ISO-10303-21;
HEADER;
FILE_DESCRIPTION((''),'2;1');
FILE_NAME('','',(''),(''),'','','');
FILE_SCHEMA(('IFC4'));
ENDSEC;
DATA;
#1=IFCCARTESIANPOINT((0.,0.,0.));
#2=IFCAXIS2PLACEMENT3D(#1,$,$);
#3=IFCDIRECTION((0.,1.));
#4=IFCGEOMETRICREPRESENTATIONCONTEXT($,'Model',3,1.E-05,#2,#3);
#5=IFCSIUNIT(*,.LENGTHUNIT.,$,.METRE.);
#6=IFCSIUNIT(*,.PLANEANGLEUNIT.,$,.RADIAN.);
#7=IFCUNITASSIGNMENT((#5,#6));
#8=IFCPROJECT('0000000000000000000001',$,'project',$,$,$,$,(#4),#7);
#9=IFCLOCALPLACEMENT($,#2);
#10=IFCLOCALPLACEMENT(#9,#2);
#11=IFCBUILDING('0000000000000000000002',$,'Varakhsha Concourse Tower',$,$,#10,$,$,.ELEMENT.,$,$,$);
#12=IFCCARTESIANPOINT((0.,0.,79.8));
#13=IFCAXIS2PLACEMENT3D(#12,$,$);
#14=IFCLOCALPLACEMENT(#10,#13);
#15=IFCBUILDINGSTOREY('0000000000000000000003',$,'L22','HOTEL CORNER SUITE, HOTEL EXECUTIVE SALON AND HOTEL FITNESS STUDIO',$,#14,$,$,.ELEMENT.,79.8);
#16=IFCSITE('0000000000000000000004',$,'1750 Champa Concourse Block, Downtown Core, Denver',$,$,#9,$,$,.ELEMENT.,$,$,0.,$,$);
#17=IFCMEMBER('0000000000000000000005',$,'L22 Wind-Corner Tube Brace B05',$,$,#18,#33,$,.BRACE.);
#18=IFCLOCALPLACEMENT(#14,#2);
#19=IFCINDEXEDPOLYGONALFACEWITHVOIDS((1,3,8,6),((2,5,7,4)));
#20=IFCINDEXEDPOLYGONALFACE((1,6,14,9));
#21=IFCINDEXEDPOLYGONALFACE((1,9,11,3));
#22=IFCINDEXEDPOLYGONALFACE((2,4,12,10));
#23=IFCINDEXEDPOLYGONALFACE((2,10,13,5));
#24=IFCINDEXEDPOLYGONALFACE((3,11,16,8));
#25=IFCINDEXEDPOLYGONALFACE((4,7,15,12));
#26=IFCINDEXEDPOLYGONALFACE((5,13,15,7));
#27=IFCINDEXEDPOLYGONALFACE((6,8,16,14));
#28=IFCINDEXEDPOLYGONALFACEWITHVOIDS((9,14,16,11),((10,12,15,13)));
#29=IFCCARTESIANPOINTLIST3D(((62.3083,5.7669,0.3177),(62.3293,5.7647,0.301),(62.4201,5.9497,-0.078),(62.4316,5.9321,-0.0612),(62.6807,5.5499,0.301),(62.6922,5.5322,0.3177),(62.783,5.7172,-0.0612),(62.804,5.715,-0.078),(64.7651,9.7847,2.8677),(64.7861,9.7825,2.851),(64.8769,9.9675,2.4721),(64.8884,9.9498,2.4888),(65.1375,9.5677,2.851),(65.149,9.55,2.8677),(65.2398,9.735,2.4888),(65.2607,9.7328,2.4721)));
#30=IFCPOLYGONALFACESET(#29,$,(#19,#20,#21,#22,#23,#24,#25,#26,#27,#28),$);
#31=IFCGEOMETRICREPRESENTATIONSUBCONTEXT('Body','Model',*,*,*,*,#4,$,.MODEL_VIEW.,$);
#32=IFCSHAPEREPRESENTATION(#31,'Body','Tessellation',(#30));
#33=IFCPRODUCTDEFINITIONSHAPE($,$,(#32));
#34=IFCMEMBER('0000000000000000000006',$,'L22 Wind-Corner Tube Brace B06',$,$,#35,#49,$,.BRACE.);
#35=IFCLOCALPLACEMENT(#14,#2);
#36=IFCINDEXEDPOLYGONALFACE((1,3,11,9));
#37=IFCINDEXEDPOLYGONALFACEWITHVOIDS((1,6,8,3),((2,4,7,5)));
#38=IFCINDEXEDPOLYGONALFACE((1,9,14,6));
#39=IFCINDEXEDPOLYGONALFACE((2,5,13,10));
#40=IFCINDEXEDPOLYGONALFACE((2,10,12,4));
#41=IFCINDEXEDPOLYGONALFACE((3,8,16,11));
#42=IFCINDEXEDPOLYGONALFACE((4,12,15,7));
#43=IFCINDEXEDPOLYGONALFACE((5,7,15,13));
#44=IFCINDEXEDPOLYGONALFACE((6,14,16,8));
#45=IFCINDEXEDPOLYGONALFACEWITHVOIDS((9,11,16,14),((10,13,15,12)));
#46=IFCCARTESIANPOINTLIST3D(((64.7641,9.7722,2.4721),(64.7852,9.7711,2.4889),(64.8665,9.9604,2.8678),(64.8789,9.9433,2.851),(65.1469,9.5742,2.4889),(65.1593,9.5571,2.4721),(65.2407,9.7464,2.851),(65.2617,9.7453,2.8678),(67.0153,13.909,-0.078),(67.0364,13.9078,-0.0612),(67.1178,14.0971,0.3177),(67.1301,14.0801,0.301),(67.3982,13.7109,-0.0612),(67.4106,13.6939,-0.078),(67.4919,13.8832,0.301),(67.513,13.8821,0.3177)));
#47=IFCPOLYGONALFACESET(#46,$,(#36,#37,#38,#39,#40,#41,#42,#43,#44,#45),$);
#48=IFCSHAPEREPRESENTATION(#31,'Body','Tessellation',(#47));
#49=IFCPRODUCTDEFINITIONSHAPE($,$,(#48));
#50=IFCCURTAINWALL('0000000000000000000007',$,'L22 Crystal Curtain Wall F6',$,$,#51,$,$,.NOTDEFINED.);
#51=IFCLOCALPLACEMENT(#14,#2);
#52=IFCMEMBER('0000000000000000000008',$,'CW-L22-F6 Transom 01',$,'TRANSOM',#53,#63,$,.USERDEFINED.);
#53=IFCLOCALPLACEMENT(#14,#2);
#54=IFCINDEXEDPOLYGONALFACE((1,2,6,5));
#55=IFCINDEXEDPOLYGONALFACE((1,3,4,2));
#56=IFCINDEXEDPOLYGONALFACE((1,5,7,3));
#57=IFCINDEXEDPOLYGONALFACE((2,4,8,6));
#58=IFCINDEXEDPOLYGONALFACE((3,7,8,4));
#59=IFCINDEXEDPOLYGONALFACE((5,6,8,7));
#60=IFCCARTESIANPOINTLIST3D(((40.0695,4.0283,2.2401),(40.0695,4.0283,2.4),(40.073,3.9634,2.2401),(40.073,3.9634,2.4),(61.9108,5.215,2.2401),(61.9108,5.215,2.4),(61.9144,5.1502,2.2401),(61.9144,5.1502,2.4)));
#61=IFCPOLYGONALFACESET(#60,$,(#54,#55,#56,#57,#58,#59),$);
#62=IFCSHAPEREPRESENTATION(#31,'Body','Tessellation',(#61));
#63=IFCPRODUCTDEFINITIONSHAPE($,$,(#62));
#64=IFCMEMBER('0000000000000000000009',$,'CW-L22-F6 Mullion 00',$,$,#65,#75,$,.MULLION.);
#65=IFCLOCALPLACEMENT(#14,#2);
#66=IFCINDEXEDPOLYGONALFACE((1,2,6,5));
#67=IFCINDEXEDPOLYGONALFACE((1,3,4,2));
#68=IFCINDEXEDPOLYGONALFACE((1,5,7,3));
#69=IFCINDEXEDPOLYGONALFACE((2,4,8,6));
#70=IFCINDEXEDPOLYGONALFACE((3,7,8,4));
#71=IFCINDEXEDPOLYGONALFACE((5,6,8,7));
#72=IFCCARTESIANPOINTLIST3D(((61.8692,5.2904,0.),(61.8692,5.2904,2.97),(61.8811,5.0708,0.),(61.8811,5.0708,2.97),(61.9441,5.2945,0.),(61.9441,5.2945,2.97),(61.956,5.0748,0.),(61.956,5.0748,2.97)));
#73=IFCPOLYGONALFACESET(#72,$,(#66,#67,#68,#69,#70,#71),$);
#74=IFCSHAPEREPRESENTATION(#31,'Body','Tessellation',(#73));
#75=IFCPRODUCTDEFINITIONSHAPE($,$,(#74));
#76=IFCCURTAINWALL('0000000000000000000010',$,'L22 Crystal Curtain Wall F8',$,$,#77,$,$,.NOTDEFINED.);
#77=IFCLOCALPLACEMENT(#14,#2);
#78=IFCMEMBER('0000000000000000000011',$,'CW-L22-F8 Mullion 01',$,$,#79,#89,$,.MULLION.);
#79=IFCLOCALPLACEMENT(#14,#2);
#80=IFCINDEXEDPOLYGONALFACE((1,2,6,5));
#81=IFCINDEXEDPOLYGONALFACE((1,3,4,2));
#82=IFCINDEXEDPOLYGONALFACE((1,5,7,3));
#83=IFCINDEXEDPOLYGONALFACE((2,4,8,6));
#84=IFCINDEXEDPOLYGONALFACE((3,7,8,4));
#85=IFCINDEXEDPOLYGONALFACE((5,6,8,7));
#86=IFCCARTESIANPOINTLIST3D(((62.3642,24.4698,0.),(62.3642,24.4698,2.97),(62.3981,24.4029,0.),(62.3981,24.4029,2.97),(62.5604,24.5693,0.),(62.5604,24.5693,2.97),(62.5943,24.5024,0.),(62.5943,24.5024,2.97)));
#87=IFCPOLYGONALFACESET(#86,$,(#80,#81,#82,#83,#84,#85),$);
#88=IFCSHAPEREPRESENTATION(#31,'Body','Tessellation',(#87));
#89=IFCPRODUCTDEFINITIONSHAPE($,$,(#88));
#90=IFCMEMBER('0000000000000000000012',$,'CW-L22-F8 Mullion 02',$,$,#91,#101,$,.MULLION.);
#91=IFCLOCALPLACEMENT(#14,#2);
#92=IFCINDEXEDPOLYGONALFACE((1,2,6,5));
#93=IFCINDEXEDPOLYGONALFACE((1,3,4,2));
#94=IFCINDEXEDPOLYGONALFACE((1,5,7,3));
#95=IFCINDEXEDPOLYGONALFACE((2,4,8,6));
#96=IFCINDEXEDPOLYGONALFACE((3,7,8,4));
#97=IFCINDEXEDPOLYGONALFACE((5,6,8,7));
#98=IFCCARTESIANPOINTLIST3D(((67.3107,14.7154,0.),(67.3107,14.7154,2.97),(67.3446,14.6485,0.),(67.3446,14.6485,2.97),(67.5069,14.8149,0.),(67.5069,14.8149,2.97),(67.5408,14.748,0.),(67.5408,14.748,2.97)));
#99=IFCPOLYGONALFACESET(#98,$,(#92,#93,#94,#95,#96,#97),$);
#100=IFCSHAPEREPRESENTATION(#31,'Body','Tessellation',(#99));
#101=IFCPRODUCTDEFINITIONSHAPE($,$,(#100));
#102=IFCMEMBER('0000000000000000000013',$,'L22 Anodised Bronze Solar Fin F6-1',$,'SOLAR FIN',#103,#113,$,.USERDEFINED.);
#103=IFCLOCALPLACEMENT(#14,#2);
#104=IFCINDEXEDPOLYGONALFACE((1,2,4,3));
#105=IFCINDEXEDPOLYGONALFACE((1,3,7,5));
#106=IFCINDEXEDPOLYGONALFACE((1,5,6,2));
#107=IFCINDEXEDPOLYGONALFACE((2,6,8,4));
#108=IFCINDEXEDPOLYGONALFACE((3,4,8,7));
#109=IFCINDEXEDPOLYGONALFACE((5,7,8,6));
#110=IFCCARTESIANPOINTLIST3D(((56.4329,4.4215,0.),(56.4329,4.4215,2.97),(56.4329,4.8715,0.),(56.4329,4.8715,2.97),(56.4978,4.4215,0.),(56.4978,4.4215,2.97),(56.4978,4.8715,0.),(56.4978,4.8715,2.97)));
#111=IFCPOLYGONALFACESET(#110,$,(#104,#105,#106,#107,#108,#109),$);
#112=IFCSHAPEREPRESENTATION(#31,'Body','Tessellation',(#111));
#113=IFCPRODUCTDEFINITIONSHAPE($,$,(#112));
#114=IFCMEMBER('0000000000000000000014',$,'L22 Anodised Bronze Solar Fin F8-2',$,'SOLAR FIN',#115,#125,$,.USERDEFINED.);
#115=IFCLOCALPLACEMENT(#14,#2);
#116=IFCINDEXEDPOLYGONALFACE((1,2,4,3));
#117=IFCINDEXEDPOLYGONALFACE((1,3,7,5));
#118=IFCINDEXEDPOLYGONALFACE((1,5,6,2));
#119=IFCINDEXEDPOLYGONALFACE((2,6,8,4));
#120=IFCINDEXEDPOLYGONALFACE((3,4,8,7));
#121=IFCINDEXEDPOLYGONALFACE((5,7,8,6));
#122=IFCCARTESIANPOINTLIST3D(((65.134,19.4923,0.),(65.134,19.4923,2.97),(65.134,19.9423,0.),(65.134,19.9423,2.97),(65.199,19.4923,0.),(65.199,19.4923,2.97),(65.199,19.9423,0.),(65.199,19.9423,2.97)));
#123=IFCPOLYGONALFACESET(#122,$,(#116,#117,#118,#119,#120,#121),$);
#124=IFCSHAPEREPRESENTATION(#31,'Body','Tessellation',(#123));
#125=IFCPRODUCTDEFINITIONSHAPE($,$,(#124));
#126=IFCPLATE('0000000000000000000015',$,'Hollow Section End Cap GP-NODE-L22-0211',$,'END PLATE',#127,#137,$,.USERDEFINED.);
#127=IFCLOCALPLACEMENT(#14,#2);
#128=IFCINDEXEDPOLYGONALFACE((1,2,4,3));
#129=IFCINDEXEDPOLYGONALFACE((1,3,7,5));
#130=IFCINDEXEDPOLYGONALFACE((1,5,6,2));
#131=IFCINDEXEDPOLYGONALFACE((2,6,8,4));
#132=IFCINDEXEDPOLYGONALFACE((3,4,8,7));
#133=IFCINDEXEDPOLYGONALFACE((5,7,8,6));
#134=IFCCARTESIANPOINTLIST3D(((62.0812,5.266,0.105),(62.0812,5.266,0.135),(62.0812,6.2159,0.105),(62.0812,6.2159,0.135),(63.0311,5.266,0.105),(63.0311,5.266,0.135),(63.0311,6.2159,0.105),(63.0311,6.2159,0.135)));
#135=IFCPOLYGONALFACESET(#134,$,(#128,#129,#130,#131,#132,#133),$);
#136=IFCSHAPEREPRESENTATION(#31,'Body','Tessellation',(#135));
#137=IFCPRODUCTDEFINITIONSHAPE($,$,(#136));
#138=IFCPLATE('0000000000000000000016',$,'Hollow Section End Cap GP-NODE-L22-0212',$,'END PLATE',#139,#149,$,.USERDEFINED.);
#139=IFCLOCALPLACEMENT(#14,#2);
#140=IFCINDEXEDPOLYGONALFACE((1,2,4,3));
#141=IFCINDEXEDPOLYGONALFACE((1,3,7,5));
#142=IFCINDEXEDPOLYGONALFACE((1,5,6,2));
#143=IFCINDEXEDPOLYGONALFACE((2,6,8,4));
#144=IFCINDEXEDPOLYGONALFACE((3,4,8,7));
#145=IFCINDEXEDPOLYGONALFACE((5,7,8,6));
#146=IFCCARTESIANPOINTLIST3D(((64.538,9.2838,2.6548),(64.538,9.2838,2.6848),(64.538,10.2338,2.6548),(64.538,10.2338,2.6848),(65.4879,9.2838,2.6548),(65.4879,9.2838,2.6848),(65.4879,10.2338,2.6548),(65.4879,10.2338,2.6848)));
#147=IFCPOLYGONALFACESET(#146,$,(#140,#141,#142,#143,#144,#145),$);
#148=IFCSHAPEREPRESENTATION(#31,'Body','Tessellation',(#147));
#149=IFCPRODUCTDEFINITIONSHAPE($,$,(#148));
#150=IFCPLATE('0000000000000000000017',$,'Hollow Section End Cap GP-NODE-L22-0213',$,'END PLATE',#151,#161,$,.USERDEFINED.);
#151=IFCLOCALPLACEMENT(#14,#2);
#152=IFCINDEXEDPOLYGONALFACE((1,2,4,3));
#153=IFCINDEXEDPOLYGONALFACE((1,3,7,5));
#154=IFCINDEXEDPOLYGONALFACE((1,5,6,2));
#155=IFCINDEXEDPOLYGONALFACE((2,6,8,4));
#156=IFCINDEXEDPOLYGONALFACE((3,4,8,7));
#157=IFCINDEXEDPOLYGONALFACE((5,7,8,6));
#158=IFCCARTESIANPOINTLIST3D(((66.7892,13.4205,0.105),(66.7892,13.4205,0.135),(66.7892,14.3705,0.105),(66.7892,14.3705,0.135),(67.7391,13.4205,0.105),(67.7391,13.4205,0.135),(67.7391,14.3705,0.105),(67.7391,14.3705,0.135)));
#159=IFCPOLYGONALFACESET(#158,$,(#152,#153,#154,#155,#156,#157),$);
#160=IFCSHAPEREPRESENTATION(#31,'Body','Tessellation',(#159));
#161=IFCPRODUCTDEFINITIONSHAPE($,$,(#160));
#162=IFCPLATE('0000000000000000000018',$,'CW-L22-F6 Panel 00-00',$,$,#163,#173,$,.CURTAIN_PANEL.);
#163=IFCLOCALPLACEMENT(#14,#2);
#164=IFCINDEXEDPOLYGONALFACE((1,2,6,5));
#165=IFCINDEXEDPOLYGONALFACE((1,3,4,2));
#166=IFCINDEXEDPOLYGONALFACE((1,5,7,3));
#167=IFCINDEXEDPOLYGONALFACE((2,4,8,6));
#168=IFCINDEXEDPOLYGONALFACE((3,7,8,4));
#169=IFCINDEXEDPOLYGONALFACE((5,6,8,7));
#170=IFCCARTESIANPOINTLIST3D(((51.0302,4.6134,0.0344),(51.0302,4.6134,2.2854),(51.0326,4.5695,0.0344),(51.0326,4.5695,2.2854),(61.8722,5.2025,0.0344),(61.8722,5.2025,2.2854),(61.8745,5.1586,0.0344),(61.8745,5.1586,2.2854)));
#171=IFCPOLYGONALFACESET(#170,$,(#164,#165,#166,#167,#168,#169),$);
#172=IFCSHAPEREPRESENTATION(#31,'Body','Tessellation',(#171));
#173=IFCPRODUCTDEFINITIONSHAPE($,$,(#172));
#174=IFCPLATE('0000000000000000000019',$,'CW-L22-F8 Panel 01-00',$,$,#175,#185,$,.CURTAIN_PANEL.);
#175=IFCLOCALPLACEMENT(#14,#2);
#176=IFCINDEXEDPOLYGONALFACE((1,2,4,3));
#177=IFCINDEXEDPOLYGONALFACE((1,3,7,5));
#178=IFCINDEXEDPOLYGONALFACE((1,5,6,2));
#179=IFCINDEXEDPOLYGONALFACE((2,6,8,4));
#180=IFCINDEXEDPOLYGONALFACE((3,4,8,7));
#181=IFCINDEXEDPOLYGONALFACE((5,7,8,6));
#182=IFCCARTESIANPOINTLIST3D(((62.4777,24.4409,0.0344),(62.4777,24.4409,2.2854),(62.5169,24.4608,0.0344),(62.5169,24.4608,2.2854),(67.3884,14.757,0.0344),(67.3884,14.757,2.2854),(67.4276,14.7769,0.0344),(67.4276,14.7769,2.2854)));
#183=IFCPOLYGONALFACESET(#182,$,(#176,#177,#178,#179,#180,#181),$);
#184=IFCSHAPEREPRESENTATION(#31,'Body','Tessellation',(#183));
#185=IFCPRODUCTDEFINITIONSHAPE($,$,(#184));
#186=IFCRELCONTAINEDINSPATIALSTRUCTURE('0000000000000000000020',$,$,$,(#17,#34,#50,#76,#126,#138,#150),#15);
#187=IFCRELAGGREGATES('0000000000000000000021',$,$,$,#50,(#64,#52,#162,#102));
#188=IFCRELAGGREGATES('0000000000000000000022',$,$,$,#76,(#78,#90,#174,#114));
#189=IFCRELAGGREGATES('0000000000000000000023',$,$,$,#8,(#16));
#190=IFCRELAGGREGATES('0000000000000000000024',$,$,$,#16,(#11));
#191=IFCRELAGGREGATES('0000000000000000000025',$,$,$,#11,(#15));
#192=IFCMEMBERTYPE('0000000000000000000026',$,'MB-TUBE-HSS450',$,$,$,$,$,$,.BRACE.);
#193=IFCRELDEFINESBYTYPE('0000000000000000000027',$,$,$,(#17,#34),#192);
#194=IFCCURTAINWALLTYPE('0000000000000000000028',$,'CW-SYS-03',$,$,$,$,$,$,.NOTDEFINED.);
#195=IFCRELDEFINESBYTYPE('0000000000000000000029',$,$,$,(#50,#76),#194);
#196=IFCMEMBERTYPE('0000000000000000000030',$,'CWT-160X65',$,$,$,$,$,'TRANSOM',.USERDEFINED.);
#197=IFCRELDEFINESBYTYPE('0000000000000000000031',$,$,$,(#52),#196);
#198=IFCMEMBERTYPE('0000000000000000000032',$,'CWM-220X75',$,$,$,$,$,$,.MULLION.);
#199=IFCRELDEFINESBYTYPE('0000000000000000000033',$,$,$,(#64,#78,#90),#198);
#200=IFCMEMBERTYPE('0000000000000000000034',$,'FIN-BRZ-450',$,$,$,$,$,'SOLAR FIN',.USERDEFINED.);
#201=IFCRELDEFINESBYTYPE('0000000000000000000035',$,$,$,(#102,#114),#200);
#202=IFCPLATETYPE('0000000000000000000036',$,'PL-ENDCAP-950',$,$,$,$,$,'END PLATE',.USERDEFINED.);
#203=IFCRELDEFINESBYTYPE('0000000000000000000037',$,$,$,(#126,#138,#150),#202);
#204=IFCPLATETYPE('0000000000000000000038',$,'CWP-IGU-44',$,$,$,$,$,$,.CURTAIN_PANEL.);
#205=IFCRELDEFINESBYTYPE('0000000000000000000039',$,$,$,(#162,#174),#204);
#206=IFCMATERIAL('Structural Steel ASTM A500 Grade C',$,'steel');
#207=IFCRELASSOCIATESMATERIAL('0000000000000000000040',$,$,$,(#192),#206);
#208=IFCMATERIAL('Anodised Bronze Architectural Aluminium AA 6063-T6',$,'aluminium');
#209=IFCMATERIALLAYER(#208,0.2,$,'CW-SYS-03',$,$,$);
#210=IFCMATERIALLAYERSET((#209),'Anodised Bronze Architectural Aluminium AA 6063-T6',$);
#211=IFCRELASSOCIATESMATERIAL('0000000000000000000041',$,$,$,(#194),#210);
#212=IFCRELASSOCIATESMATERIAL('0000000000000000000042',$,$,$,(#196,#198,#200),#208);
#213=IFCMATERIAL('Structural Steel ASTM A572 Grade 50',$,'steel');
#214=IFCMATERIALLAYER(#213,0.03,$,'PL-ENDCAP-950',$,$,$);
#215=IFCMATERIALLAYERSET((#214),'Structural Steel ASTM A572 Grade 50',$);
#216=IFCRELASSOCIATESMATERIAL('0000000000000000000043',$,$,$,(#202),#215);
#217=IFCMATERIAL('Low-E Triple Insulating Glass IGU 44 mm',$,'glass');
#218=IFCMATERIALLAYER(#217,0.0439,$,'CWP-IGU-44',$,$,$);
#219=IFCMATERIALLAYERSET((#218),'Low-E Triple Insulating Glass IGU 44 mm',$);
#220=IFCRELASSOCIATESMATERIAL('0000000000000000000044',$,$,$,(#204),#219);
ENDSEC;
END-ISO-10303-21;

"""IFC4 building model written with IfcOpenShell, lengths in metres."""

from ifc_helpers import new_model, si_unit, direction, frame, origin, origin_2d, place, context, subcontext, project, spatial, rectangle, hollow_rectangle, extrude, source, transform, mapped, material, layer, layer_set, material_profile, profile_set, type_object, type_shapes, element, aggregate, save


model = new_model("IFC4")

# Units and contexts
model_context = context("Model", 3, precision=1e-05, world=origin(), true_north=direction((0.0, 1.0)))
body_context = subcontext(model_context, "Body", "Model", "MODEL_VIEW")
ifc_project = project(units=[si_unit("LENGTHUNIT", "METRE"), si_unit("PLANEANGLEUNIT", "RADIAN")], contexts=[model_context])

# Site, building, storey
site_placement = place(None, origin())
site = spatial("IfcSite", under=ifc_project, at=site_placement, Name="1750 Champa Concourse Block, Downtown Core, Denver", CompositionType="ELEMENT", RefElevation=0.0)
building_placement = place(site_placement, origin())
building = spatial("IfcBuilding", under=site, at=building_placement, Name="Varakhsha Concourse Tower", CompositionType="ELEMENT")
storey_placement = place(building_placement, frame((0.0, 0.0, 79.8)))
storey = spatial("IfcBuildingStorey", under=building, at=storey_placement, Name="L22", Description="HOTEL CORNER SUITE, HOTEL EXECUTIVE SALON AND HOTEL FITNESS STUDIO", CompositionType="ELEMENT", Elevation=79.8)

# Shared definitions
ifc_material_1 = material(Name="Structural Steel ASTM A572 Grade 50", Category="steel")

# Members
ifc_material_2 = material(Name="Structural Steel ASTM A500 Grade C", Category="steel")
ifc_material_profile_1 = material_profile(ifc_material_2, hollow_rectangle(XDim=0.45, YDim=0.45, WallThickness=0.019, at=origin_2d()), Name="HSS 450x450x19")
ifc_profile_set_1 = profile_set([ifc_material_profile_1], Name="Structural Steel ASTM A500 Grade C")
member_type_1 = type_object("IfcMemberType", Name="MB-TUBE-HSS450", PredefinedType="BRACE", material=ifc_profile_set_1)
shared_shape_1 = source(origin(), body_context, "Body", "SweptSolid", [
    extrude(hollow_rectangle(XDim=0.45, YDim=0.45, WallThickness=0.019, at=origin_2d()), origin(), (0.0, 0.0, 1.0), 5.3555),
])
member_1_placement = place(storey_placement, frame((62.5562, 5.741, 0.1199), z_axis=(0.45874, 0.750223, 0.476155), x_axis=(-0.853145, 0.521674, 0.0)))
element("IfcMember", 1, at=member_1_placement, inside=storey, type_object=member_type_1, Name="L22 Wind-Corner Tube Brace B05", PredefinedType="BRACE", context=body_context, shape_type="MappedRepresentation", body=[
    mapped(shared_shape_1, transform((0.0, 0.0, 0.0), scale=1.0)),
])
shared_shape_2 = source(origin(), body_context, "Body", "SweptSolid", [
    extrude(hollow_rectangle(XDim=0.45, YDim=0.45, WallThickness=0.019, at=origin_2d()), origin(), (0.0, 0.0, 1.0), 5.3557),
])
type_shapes(member_type_1, [shared_shape_1, shared_shape_2])
member_2_placement = place(storey_placement, frame((67.2642, 13.8955, 0.1199), z_axis=(-0.420344, -0.7724, 0.47614), x_axis=(0.878357, -0.478006, 0.0)))
element("IfcMember", 2, at=member_2_placement, inside=storey, type_object=member_type_1, Name="L22 Wind-Corner Tube Brace B06", PredefinedType="BRACE", context=body_context, shape_type="MappedRepresentation", body=[
    mapped(shared_shape_2, transform((0.0, 0.0, 0.0), scale=1.0)),
])

# Curtain walls, members
ifc_material_3 = material(Name="Anodised Bronze Architectural Aluminium AA 6063-T6", Category="aluminium")
ifc_layer_1 = layer(ifc_material_3, 0.2, Name="CW-SYS-03")
ifc_layer_set_1 = layer_set([ifc_layer_1], Name="Anodised Bronze Architectural Aluminium AA 6063-T6")
curtain_wall_type = type_object("IfcCurtainWallType", Name="CW-SYS-03", PredefinedType="NOTDEFINED", material=ifc_layer_set_1)
curtain_wall_1_placement = place(storey_placement, origin())
curtain_wall_1 = element("IfcCurtainWall", 3, at=curtain_wall_1_placement, inside=storey, type_object=curtain_wall_type, Name="L22 Crystal Curtain Wall F6", PredefinedType="NOTDEFINED")
ifc_material_profile_2 = material_profile(ifc_material_3, rectangle(XDim=0.0649, YDim=0.1599, at=origin_2d()), Name="CWT-160X65")
ifc_profile_set_2 = profile_set([ifc_material_profile_2], Name="Anodised Bronze Architectural Aluminium AA 6063-T6")
member_type_2 = type_object("IfcMemberType", Name="CWT-160X65", ElementType="TRANSOM", PredefinedType="USERDEFINED", material=ifc_profile_set_2)
shared_shape_3 = source(origin(), body_context, "Body", "SweptSolid", [
    extrude(rectangle(XDim=0.0649, YDim=0.1599, at=origin_2d()), origin(), (0.0, 0.0, 1.0), 21.8735),
])
type_shapes(member_type_2, [shared_shape_3])
member_3_placement = place(storey_placement, frame((61.9126, 5.1826, 2.3201), z_axis=(-0.998527, -0.054256, 0.0), x_axis=(0.054256, -0.998527, 0.0)))
member_3 = element("IfcMember", 4, at=member_3_placement, type_object=member_type_2, Name="CW-L22-F6 Transom 01", ObjectType="TRANSOM", PredefinedType="USERDEFINED", context=body_context, shape_type="MappedRepresentation", body=[
    mapped(shared_shape_3, transform((0.0, 0.0, 0.0), scale=1.0)),
])
ifc_material_profile_3 = material_profile(ifc_material_3, rectangle(XDim=0.075, YDim=0.22, at=origin_2d()), Name="CWM-220X75")
ifc_profile_set_3 = profile_set([ifc_material_profile_3], Name="Anodised Bronze Architectural Aluminium AA 6063-T6")
member_type_3 = type_object("IfcMemberType", Name="CWM-220X75", PredefinedType="MULLION", material=ifc_profile_set_3)
shared_shape_4 = source(origin(), body_context, "Body", "SweptSolid", [
    extrude(rectangle(XDim=0.075, YDim=0.22, at=origin_2d()), origin(), (0.0, 0.0, 1.0), 2.97),
])
type_shapes(member_type_3, [shared_shape_4])
member_4_placement = place(storey_placement, frame((61.9126, 5.1826, 0.0), z_axis=(0.0, 0.0, 1.0), x_axis=(-0.998527, -0.054257, 0.0)))
member_4 = element("IfcMember", 5, at=member_4_placement, type_object=member_type_3, Name="CW-L22-F6 Mullion 00", PredefinedType="MULLION", context=body_context, shape_type="MappedRepresentation", body=[
    mapped(shared_shape_4, transform((0.0, 0.0, 0.0), scale=1.0)),
])
curtain_wall_2_placement = place(storey_placement, origin())
curtain_wall_2 = element("IfcCurtainWall", 6, at=curtain_wall_2_placement, inside=storey, type_object=curtain_wall_type, Name="L22 Crystal Curtain Wall F8", PredefinedType="NOTDEFINED")
member_5_placement = place(storey_placement, frame((62.4792, 24.4861, 0.0), z_axis=(0.0, 0.0, 1.0), x_axis=(0.452274, -0.891879, 0.0)))
member_5 = element("IfcMember", 7, at=member_5_placement, type_object=member_type_3, Name="CW-L22-F8 Mullion 01", PredefinedType="MULLION", context=body_context, shape_type="MappedRepresentation", body=[
    mapped(shared_shape_4, transform((0.0, 0.0, 0.0), scale=1.0)),
])
member_6_placement = place(storey_placement, frame((67.4258, 14.7317, 0.0), z_axis=(0.0, 0.0, 1.0), x_axis=(0.452274, -0.891879, 0.0)))
member_6 = element("IfcMember", 8, at=member_6_placement, type_object=member_type_3, Name="CW-L22-F8 Mullion 02", PredefinedType="MULLION", context=body_context, shape_type="MappedRepresentation", body=[
    mapped(shared_shape_4, transform((0.0, 0.0, 0.0), scale=1.0)),
])

# Members
ifc_material_profile_4 = material_profile(ifc_material_3, rectangle(XDim=0.0649, YDim=0.45, at=origin_2d()), Name="FIN-BRZ-450")
ifc_profile_set_4 = profile_set([ifc_material_profile_4], Name="Anodised Bronze Architectural Aluminium AA 6063-T6")
member_type_4 = type_object("IfcMemberType", Name="FIN-BRZ-450", ElementType="SOLAR FIN", PredefinedType="USERDEFINED", material=ifc_profile_set_4)
shared_shape_5 = source(origin(), body_context, "Body", "SweptSolid", [
    extrude(rectangle(XDim=0.0649, YDim=0.45, at=origin_2d()), origin(), (0.0, 0.0, 1.0), 2.97),
])
type_shapes(member_type_4, [shared_shape_5])
member_7_placement = place(storey_placement, frame((56.4653, 4.6465, 0.0), z_axis=(0.0, 0.0, 1.0), x_axis=(1.0, 0.0, 0.0)))
member_7 = element("IfcMember", 9, at=member_7_placement, type_object=member_type_4, Name="L22 Anodised Bronze Solar Fin F6-1", ObjectType="SOLAR FIN", PredefinedType="USERDEFINED", context=body_context, shape_type="MappedRepresentation", body=[
    mapped(shared_shape_5, transform((0.0, 0.0, 0.0), scale=1.0)),
])
member_8_placement = place(storey_placement, frame((65.1665, 19.7173, 0.0), z_axis=(0.0, 0.0, 1.0), x_axis=(1.0, 0.0, 0.0)))
member_8 = element("IfcMember", 10, at=member_8_placement, type_object=member_type_4, Name="L22 Anodised Bronze Solar Fin F8-2", ObjectType="SOLAR FIN", PredefinedType="USERDEFINED", context=body_context, shape_type="MappedRepresentation", body=[
    mapped(shared_shape_5, transform((0.0, 0.0, 0.0), scale=1.0)),
])

# Plates
ifc_layer_2 = layer(ifc_material_1, 0.03, Name="PL-ENDCAP-950")
ifc_layer_set_2 = layer_set([ifc_layer_2], Name="Structural Steel ASTM A572 Grade 50")
plate_type_1 = type_object("IfcPlateType", Name="PL-ENDCAP-950", ElementType="END PLATE", PredefinedType="USERDEFINED", material=ifc_layer_set_2)
shared_shape_6 = source(origin(), body_context, "Body", "SweptSolid", [
    extrude(rectangle(XDim=0.95, YDim=0.95, at=origin_2d()), origin(), (0.0, 0.0, 1.0), 0.03),
])
type_shapes(plate_type_1, [shared_shape_6])
for number, where, z_axis, x_axis, name in (
    (11, (62.5562, 5.741, 0.105), (0.0, 0.0, 1.0), (1.0, 0.0, 0.0), "Hollow Section End Cap GP-NODE-L22-0211"),
    (12, (65.0129, 9.7588, 2.6548), (0.0, 0.0, 1.0), (1.0, 0.0, 0.0), "Hollow Section End Cap GP-NODE-L22-0212"),
    (13, (67.2642, 13.8955, 0.105), (0.0, 0.0, 1.0), (1.0, 0.0, 0.0), "Hollow Section End Cap GP-NODE-L22-0213"),
):
    element("IfcPlate", number, at=place(storey_placement, frame(where, z_axis=z_axis, x_axis=x_axis)), inside=storey, type_object=plate_type_1, Name=name, ObjectType="END PLATE", PredefinedType="USERDEFINED", context=body_context, shape_type="MappedRepresentation", body=[
        mapped(shared_shape_6, transform((0.0, 0.0, 0.0), scale=1.0)),
    ])

# Plates
ifc_material_4 = material(Name="Low-E Triple Insulating Glass IGU 44 mm", Category="glass")
ifc_layer_3 = layer(ifc_material_4, 0.0439, Name="CWP-IGU-44")
ifc_layer_set_3 = layer_set([ifc_layer_3], Name="Low-E Triple Insulating Glass IGU 44 mm")
plate_type_2 = type_object("IfcPlateType", Name="CWP-IGU-44", PredefinedType="CURTAIN_PANEL", material=ifc_layer_set_3)
shared_shape_7 = source(origin(), body_context, "Body", "SweptSolid", [
    extrude(rectangle(XDim=10.8579, YDim=0.0439, at=origin_2d()), origin(), (0.0, 0.0, 1.0), 2.251),
])
type_shapes(plate_type_2, [shared_shape_7])
plate_1_placement = place(storey_placement, frame((56.4524, 4.886, 0.0344), z_axis=(0.0, 0.0, 1.0), x_axis=(-0.998527, -0.054257, 0.0)))
plate_1 = element("IfcPlate", 14, at=plate_1_placement, type_object=plate_type_2, Name="CW-L22-F6 Panel 00-00", PredefinedType="CURTAIN_PANEL", context=body_context, shape_type="MappedRepresentation", body=[
    mapped(shared_shape_7, transform((0.0, 0.0, 0.0), scale=1.0)),
])
plate_2_placement = place(storey_placement, frame((64.9526, 19.6089, 0.0344), z_axis=(0.0, 0.0, 1.0), x_axis=(0.452274, -0.891879, 0.0)))
plate_2 = element("IfcPlate", 15, at=plate_2_placement, type_object=plate_type_2, Name="CW-L22-F8 Panel 01-00", PredefinedType="CURTAIN_PANEL", context=body_context, shape_type="MappedRepresentation", body=[
    mapped(shared_shape_7, transform((0.0, 0.0, 0.0), scale=1.0)),
])
aggregate(curtain_wall_1, [member_4, member_3, plate_1, member_7])
aggregate(curtain_wall_2, [member_5, member_6, plate_2, member_8])

save(model, "model.ifc")
